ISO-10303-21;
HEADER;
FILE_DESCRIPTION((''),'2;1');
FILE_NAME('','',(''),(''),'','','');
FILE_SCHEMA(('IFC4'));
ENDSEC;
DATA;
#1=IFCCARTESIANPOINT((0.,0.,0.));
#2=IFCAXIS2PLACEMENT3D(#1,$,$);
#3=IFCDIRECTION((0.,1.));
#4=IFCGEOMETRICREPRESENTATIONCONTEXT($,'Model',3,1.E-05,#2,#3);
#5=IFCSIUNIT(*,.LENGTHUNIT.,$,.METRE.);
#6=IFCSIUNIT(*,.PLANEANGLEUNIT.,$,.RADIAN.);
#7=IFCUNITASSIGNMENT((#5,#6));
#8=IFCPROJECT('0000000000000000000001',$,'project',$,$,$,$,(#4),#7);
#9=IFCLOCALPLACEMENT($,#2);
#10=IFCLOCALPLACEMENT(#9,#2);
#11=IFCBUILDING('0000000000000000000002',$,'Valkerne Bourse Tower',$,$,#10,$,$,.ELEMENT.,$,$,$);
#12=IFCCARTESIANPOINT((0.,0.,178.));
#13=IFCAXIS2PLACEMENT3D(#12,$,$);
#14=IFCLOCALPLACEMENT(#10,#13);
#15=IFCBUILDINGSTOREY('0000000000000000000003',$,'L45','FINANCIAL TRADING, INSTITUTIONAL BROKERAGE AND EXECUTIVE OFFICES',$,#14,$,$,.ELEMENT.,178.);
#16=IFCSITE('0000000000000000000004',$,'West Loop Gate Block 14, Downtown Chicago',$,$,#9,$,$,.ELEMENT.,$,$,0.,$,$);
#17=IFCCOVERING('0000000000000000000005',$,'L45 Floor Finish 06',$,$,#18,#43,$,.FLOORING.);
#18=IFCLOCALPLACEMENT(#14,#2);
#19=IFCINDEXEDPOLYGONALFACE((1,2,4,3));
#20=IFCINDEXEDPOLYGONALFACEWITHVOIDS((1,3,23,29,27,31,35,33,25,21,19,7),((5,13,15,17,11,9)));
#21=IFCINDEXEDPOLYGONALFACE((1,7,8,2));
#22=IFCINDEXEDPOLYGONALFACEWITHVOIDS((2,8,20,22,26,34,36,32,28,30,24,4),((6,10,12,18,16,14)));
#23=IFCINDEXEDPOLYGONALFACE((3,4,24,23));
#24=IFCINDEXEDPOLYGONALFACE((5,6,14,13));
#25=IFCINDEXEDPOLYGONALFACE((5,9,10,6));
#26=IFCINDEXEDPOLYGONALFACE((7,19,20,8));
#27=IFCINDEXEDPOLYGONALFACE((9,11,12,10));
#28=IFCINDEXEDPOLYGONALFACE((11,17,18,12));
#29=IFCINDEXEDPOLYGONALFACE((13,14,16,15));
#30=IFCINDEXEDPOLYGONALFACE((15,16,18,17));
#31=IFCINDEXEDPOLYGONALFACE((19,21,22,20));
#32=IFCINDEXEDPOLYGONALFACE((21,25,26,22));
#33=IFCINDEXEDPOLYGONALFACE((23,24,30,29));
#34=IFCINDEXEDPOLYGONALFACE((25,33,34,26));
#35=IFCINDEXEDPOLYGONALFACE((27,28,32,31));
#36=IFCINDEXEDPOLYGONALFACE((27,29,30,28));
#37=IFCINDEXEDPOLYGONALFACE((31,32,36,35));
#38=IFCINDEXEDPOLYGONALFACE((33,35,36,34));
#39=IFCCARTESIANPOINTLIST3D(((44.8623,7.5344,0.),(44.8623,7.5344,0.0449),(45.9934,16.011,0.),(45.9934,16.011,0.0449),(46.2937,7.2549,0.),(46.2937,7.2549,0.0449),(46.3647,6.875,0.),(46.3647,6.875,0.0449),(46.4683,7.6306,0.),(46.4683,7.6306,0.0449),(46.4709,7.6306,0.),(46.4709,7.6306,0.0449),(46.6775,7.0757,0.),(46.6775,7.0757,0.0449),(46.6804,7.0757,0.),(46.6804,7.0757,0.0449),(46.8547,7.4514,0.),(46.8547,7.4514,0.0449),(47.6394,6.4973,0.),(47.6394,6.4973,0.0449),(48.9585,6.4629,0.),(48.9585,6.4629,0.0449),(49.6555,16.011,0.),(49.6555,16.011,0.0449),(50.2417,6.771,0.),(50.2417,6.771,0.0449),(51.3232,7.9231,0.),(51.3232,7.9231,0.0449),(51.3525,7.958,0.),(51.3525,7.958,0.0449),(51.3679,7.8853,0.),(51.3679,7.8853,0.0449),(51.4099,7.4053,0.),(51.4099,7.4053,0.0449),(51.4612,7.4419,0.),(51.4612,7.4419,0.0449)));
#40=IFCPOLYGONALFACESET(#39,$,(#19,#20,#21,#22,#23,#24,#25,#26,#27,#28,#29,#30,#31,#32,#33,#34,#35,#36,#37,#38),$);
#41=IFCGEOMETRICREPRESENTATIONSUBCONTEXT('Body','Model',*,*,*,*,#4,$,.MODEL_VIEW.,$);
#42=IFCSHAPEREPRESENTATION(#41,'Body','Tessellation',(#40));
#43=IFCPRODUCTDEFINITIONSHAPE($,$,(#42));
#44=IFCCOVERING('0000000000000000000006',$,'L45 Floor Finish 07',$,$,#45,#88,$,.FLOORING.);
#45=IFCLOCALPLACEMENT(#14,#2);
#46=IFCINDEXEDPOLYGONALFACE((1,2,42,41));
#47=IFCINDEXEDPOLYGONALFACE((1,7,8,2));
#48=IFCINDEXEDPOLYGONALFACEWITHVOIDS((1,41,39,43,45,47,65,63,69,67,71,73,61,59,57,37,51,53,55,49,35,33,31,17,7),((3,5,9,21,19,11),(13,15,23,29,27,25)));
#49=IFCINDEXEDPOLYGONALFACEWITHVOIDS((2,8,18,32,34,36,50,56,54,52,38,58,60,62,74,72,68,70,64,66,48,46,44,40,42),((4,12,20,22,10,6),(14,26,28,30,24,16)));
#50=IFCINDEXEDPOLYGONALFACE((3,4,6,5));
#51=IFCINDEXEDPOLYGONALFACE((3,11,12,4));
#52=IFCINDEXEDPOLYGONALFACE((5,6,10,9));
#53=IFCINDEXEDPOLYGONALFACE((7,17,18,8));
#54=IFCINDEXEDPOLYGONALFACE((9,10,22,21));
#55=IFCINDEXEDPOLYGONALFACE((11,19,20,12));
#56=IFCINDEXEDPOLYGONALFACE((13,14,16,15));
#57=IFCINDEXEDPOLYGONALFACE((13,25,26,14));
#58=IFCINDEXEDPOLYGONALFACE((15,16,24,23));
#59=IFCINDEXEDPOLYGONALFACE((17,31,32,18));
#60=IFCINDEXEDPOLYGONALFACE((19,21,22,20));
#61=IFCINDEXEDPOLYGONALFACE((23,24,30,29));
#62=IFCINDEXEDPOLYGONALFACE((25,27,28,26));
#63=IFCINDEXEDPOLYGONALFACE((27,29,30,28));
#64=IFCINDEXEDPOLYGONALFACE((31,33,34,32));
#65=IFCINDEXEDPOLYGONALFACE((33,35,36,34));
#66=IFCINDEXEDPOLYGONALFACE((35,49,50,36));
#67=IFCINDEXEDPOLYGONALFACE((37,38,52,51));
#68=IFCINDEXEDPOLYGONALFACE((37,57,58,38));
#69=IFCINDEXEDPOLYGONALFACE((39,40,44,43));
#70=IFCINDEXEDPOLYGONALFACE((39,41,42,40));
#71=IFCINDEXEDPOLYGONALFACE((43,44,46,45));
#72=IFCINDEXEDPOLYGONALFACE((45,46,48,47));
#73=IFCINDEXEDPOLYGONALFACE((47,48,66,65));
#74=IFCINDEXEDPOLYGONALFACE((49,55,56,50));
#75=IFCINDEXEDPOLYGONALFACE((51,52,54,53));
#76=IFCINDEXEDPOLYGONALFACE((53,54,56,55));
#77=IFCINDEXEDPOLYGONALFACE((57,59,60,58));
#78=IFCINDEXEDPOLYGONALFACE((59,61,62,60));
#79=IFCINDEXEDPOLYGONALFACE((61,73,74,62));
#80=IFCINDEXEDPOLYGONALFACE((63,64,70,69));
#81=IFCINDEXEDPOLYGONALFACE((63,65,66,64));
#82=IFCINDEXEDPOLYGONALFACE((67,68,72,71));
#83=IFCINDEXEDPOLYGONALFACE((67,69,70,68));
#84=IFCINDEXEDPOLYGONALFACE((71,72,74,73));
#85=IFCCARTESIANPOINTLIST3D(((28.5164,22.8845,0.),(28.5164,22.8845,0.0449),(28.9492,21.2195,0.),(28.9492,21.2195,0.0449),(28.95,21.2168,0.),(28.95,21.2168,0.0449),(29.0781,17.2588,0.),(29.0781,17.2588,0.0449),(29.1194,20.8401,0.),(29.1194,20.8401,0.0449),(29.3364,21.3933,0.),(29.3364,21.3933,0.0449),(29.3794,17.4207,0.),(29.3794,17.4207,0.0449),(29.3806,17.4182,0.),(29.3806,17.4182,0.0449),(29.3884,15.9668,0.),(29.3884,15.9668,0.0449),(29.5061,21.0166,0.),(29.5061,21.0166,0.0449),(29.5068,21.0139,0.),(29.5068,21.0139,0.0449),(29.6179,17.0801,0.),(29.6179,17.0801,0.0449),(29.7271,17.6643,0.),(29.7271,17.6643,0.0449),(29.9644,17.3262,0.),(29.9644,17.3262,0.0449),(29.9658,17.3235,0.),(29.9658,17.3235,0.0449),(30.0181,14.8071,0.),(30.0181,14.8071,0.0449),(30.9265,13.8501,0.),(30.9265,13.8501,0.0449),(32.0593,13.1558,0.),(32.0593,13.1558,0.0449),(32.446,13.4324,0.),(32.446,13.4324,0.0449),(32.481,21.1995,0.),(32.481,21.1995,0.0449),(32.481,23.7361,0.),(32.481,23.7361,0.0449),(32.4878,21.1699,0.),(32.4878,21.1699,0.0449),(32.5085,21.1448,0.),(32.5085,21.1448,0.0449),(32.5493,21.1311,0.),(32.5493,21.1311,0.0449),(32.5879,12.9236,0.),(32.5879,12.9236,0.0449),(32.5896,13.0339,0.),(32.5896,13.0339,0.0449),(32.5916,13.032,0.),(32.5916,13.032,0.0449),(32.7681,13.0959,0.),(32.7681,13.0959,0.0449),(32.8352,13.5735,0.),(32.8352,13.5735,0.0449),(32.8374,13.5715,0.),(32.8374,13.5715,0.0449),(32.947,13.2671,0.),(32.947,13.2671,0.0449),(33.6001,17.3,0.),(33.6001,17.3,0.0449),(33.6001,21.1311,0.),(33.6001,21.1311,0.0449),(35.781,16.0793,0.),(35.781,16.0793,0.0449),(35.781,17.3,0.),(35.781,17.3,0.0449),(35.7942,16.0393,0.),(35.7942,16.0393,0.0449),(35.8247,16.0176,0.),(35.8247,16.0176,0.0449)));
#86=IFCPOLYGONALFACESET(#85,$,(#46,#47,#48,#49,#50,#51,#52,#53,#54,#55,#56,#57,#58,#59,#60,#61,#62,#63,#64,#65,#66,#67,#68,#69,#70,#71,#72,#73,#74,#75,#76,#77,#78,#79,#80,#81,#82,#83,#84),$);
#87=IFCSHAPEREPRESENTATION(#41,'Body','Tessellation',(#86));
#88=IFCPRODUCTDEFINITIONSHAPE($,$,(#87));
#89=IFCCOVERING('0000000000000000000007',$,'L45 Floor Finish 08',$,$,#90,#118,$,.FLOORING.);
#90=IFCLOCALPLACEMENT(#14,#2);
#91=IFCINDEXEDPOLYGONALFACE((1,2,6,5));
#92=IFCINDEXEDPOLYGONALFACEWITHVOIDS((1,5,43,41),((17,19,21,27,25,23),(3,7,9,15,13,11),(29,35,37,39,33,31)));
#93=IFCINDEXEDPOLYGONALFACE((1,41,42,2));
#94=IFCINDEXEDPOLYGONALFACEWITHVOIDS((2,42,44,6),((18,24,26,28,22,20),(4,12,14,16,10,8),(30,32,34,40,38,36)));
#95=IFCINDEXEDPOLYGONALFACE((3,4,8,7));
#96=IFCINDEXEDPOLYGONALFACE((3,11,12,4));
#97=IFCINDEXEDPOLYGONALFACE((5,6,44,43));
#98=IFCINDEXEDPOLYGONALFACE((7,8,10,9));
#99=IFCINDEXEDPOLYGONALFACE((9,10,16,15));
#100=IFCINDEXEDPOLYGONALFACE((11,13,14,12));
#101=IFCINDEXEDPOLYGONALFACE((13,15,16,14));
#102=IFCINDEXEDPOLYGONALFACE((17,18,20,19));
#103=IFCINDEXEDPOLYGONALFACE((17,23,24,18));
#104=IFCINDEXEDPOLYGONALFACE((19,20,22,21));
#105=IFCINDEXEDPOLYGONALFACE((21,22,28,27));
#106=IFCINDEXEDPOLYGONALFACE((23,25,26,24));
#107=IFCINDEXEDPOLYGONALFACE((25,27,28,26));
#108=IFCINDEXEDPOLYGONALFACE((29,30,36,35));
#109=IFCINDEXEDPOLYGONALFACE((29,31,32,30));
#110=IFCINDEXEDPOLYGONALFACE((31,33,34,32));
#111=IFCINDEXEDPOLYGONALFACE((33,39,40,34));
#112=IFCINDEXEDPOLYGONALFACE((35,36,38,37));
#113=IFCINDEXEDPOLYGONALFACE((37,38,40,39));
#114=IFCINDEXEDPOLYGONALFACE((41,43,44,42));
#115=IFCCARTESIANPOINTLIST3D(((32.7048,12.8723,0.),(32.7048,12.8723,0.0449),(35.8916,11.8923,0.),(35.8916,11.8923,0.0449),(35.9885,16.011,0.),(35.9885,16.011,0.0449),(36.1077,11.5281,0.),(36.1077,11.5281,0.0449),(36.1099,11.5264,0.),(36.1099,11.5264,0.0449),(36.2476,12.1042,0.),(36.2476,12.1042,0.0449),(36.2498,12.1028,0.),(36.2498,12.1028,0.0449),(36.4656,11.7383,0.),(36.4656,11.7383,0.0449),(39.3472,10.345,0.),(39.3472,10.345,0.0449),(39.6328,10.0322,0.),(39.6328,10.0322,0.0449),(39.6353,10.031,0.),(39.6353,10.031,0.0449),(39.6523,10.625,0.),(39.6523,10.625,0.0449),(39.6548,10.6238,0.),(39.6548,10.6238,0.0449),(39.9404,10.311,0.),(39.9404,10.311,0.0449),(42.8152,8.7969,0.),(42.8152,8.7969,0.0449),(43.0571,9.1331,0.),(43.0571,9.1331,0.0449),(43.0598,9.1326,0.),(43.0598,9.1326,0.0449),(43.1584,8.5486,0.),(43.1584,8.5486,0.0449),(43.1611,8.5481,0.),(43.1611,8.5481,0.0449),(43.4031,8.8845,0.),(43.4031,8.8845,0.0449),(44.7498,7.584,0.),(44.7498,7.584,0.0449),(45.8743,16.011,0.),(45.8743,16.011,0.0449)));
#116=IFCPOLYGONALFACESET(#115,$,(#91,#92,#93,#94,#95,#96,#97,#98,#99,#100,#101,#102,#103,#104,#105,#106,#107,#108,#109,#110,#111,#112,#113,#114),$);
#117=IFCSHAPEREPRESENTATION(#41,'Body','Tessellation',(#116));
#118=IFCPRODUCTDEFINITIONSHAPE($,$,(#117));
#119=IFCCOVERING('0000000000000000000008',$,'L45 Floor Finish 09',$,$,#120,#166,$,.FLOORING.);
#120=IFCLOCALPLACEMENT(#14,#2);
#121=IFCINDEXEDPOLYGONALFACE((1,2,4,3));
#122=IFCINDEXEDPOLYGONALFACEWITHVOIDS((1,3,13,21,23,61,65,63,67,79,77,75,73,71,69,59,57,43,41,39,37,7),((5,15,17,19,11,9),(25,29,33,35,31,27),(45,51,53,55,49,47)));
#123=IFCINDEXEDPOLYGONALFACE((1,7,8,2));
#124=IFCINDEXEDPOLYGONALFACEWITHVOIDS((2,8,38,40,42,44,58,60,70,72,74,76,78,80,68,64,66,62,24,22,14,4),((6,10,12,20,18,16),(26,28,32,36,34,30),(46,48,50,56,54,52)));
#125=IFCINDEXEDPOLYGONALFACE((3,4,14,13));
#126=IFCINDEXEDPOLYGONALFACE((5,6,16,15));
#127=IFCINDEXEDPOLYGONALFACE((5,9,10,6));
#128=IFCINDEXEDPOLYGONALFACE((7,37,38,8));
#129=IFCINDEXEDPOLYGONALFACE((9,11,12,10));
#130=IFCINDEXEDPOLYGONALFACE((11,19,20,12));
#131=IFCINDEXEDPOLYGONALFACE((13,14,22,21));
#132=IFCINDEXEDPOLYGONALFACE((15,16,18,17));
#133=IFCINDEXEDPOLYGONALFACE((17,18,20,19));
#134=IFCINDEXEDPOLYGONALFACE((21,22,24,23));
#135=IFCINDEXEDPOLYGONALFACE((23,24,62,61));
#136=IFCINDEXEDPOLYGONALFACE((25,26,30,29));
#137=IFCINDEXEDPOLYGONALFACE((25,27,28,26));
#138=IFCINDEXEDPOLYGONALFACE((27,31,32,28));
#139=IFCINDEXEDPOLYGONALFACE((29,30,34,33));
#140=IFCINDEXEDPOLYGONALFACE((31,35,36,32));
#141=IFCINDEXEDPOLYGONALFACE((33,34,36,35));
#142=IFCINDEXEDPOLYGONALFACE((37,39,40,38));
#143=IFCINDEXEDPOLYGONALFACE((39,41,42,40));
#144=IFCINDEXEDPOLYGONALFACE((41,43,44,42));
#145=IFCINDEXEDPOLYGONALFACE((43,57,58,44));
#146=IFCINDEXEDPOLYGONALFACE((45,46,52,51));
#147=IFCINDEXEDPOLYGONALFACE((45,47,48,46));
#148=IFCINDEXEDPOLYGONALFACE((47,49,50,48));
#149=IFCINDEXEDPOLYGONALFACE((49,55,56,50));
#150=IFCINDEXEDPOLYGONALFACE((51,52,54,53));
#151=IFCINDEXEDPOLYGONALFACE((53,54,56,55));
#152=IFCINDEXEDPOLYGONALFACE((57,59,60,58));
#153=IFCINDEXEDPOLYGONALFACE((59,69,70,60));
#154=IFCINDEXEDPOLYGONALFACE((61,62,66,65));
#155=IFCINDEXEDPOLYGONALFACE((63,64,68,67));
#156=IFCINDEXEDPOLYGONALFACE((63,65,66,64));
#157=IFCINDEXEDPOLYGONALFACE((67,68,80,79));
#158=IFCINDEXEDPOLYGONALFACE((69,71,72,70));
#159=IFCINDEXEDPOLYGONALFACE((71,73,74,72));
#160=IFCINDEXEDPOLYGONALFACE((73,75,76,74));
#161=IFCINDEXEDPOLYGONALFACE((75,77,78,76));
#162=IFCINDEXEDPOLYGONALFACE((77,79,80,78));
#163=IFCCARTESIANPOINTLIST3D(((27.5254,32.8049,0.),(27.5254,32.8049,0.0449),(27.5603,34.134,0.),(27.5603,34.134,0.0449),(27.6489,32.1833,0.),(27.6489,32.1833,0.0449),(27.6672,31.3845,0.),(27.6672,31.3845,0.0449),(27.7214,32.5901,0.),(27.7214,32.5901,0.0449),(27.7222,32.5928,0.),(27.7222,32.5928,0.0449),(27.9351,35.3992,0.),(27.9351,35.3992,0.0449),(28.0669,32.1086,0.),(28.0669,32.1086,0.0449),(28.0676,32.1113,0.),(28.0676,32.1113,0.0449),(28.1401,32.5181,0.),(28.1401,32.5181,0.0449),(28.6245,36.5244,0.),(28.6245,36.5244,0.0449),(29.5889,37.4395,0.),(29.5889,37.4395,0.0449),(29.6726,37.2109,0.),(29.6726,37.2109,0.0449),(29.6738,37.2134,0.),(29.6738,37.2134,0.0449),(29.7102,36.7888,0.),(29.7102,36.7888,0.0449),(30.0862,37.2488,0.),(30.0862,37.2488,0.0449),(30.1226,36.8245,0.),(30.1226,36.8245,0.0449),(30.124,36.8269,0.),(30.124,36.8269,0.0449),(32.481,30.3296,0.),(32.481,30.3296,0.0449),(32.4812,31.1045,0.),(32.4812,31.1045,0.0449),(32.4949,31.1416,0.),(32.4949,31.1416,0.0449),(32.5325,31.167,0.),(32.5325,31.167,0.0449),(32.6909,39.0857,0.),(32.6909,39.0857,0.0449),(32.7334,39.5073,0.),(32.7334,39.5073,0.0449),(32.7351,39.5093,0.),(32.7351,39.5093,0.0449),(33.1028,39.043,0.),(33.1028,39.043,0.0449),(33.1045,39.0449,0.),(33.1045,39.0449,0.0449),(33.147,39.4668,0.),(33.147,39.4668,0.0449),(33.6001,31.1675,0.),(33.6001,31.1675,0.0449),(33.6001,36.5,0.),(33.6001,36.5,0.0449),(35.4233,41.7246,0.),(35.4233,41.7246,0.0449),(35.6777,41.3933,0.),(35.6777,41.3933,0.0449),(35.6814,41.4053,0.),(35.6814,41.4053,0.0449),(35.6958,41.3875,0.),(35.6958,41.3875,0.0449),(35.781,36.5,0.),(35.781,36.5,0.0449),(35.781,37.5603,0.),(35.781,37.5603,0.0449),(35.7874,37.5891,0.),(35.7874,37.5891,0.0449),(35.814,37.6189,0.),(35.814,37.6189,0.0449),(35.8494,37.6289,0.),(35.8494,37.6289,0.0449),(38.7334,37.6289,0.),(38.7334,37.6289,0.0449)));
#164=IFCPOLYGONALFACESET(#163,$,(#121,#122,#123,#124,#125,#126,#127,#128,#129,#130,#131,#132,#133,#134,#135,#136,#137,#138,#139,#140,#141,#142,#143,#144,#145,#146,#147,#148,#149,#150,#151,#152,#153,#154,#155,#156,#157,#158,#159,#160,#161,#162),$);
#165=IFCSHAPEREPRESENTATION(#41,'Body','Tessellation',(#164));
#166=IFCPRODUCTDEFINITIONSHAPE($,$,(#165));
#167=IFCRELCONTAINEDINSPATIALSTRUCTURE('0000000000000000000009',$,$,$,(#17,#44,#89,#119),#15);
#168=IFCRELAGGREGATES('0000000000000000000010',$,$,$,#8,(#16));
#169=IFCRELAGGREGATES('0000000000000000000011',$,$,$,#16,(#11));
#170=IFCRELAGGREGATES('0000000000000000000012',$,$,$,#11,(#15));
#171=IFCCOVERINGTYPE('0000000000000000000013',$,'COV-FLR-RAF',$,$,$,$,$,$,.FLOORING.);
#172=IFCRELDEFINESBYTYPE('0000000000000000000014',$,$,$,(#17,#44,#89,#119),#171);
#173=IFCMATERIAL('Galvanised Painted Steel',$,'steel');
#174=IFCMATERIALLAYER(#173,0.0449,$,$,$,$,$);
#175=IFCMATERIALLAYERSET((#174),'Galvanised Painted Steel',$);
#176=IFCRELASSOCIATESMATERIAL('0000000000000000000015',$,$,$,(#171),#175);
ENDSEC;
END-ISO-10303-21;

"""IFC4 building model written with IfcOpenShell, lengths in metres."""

from ifc_helpers import new_model, si_unit, direction, frame, origin, place, context, subcontext, project, spatial, polyline, outline, extrude, material, layer, layer_set, type_object, element, save


model = new_model("IFC4")

# Units and contexts
model_context = context("Model", 3, precision=1e-05, world=origin(), true_north=direction((0.0, 1.0)))
body_context = subcontext(model_context, "Body", "Model", "MODEL_VIEW")
ifc_project = project(units=[si_unit("LENGTHUNIT", "METRE"), si_unit("PLANEANGLEUNIT", "RADIAN")], contexts=[model_context])

# Site, building, storey
site_placement = place(None, origin())
site = spatial("IfcSite", under=ifc_project, at=site_placement, Name="West Loop Gate Block 14, Downtown Chicago", CompositionType="ELEMENT", RefElevation=0.0)
building_placement = place(site_placement, origin())
building = spatial("IfcBuilding", under=site, at=building_placement, Name="Valkerne Bourse Tower", CompositionType="ELEMENT")
storey_placement = place(building_placement, frame((0.0, 0.0, 178.0)))
storey = spatial("IfcBuildingStorey", under=building, at=storey_placement, Name="L45", Description="FINANCIAL TRADING, INSTITUTIONAL BROKERAGE AND EXECUTIVE OFFICES", CompositionType="ELEMENT", Elevation=178.0)

# Coverings
ifc_material_1 = material(Name="Galvanised Painted Steel", Category="steel")
ifc_layer_1 = layer(ifc_material_1, 0.0449)
ifc_layer_set_1 = layer_set([ifc_layer_1], Name="Galvanised Painted Steel")
covering_type_1 = type_object("IfcCoveringType", Name="COV-FLR-RAF", PredefinedType="FLOORING", material=ifc_layer_set_1)
covering_1_placement = place(storey_placement, origin())
element("IfcCovering", 1, at=covering_1_placement, inside=storey, type_object=covering_type_1, Name="L45 Floor Finish 06", PredefinedType="FLOORING", context=body_context, shape_type="SweptSolid", body=[
    extrude(outline(polyline([(48.9585, 6.4629), (47.6394, 6.4973), (46.3647, 6.875), (44.8623, 7.5344), (45.9934, 16.011), (49.6555, 16.011), (51.3525, 7.958), (51.3232, 7.9231), (51.3679, 7.8853), (51.4612, 7.4419), (51.4099, 7.4053), (50.2417, 6.771), (48.9585, 6.4629)]), holes=[polyline([(46.8547, 7.4514), (46.4709, 7.6306), (46.4683, 7.6306), (46.2937, 7.2549), (46.6775, 7.0757), (46.6804, 7.0757), (46.8547, 7.4514)])]), origin(), (0.0, 0.0, 1.0), 0.0449),
])
covering_2_placement = place(storey_placement, origin())
element("IfcCovering", 2, at=covering_2_placement, inside=storey, type_object=covering_type_1, Name="L45 Floor Finish 07", PredefinedType="FLOORING", context=body_context, shape_type="SweptSolid", body=[
    extrude(outline(polyline([(30.0181, 14.8071), (29.3884, 15.9668), (29.0781, 17.2588), (28.5164, 22.8845), (32.481, 23.7361), (32.481, 21.1995), (32.4878, 21.1699), (32.5085, 21.1448), (32.5493, 21.1311), (33.6001, 21.1311), (33.6001, 17.3), (35.781, 17.3), (35.781, 16.0793), (35.7942, 16.0393), (35.8247, 16.0176), (32.947, 13.2671), (32.8374, 13.5715), (32.8352, 13.5735), (32.446, 13.4324), (32.5896, 13.0339), (32.5916, 13.032), (32.7681, 13.0959), (32.5879, 12.9236), (32.0593, 13.1558), (30.9265, 13.8501), (30.0181, 14.8071)]), holes=[polyline([(29.9658, 17.3235), (29.9644, 17.3262), (29.7271, 17.6643), (29.3794, 17.4207), (29.3806, 17.4182), (29.6179, 17.0801), (29.9658, 17.3235)]), polyline([(29.5068, 21.0139), (29.5061, 21.0166), (29.3364, 21.3933), (28.9492, 21.2195), (28.95, 21.2168), (29.1194, 20.8401), (29.5068, 21.0139)])]), origin(), (0.0, 0.0, 1.0), 0.0449),
])
covering_3_placement = place(storey_placement, origin())
element("IfcCovering", 3, at=covering_3_placement, inside=storey, type_object=covering_type_1, Name="L45 Floor Finish 08", PredefinedType="FLOORING", context=body_context, shape_type="SweptSolid", body=[
    extrude(outline(polyline([(45.8743, 16.011), (44.7498, 7.584), (32.7048, 12.8723), (35.9885, 16.011), (45.8743, 16.011)]), holes=[polyline([(36.2498, 12.1028), (36.2476, 12.1042), (35.8916, 11.8923), (36.1077, 11.5281), (36.1099, 11.5264), (36.4656, 11.7383), (36.2498, 12.1028)]), polyline([(43.0598, 9.1326), (43.0571, 9.1331), (42.8152, 8.7969), (43.1584, 8.5486), (43.1611, 8.5481), (43.4031, 8.8845), (43.0598, 9.1326)]), polyline([(39.9404, 10.311), (39.6548, 10.6238), (39.6523, 10.625), (39.3472, 10.345), (39.6328, 10.0322), (39.6353, 10.031), (39.9404, 10.311)])]), origin(), (0.0, 0.0, 1.0), 0.0449),
])
covering_4_placement = place(storey_placement, origin())
element("IfcCovering", 4, at=covering_4_placement, inside=storey, type_object=covering_type_1, Name="L45 Floor Finish 09", PredefinedType="FLOORING", context=body_context, shape_type="SweptSolid", body=[
    extrude(outline(polyline([(27.9351, 35.3992), (28.6245, 36.5244), (29.5889, 37.4395), (35.4233, 41.7246), (35.6814, 41.4053), (35.6777, 41.3933), (35.6958, 41.3875), (38.7334, 37.6289), (35.8494, 37.6289), (35.814, 37.6189), (35.7874, 37.5891), (35.781, 37.5603), (35.781, 36.5), (33.6001, 36.5), (33.6001, 31.1675), (32.5325, 31.167), (32.4949, 31.1416), (32.4812, 31.1045), (32.481, 30.3296), (27.6672, 31.3845), (27.5254, 32.8049), (27.5603, 34.134), (27.9351, 35.3992)]), holes=[polyline([(28.1401, 32.5181), (27.7222, 32.5928), (27.7214, 32.5901), (27.6489, 32.1833), (28.0669, 32.1086), (28.0676, 32.1113), (28.1401, 32.5181)]), polyline([(30.124, 36.8269), (30.0862, 37.2488), (29.6738, 37.2134), (29.6726, 37.2109), (29.7102, 36.7888), (30.1226, 36.8245), (30.124, 36.8269)]), polyline([(33.147, 39.4668), (32.7351, 39.5093), (32.7334, 39.5073), (32.6909, 39.0857), (33.1028, 39.043), (33.1045, 39.0449), (33.147, 39.4668)])]), origin(), (0.0, 0.0, 1.0), 0.0449),
])

save(model, "model.ifc")
